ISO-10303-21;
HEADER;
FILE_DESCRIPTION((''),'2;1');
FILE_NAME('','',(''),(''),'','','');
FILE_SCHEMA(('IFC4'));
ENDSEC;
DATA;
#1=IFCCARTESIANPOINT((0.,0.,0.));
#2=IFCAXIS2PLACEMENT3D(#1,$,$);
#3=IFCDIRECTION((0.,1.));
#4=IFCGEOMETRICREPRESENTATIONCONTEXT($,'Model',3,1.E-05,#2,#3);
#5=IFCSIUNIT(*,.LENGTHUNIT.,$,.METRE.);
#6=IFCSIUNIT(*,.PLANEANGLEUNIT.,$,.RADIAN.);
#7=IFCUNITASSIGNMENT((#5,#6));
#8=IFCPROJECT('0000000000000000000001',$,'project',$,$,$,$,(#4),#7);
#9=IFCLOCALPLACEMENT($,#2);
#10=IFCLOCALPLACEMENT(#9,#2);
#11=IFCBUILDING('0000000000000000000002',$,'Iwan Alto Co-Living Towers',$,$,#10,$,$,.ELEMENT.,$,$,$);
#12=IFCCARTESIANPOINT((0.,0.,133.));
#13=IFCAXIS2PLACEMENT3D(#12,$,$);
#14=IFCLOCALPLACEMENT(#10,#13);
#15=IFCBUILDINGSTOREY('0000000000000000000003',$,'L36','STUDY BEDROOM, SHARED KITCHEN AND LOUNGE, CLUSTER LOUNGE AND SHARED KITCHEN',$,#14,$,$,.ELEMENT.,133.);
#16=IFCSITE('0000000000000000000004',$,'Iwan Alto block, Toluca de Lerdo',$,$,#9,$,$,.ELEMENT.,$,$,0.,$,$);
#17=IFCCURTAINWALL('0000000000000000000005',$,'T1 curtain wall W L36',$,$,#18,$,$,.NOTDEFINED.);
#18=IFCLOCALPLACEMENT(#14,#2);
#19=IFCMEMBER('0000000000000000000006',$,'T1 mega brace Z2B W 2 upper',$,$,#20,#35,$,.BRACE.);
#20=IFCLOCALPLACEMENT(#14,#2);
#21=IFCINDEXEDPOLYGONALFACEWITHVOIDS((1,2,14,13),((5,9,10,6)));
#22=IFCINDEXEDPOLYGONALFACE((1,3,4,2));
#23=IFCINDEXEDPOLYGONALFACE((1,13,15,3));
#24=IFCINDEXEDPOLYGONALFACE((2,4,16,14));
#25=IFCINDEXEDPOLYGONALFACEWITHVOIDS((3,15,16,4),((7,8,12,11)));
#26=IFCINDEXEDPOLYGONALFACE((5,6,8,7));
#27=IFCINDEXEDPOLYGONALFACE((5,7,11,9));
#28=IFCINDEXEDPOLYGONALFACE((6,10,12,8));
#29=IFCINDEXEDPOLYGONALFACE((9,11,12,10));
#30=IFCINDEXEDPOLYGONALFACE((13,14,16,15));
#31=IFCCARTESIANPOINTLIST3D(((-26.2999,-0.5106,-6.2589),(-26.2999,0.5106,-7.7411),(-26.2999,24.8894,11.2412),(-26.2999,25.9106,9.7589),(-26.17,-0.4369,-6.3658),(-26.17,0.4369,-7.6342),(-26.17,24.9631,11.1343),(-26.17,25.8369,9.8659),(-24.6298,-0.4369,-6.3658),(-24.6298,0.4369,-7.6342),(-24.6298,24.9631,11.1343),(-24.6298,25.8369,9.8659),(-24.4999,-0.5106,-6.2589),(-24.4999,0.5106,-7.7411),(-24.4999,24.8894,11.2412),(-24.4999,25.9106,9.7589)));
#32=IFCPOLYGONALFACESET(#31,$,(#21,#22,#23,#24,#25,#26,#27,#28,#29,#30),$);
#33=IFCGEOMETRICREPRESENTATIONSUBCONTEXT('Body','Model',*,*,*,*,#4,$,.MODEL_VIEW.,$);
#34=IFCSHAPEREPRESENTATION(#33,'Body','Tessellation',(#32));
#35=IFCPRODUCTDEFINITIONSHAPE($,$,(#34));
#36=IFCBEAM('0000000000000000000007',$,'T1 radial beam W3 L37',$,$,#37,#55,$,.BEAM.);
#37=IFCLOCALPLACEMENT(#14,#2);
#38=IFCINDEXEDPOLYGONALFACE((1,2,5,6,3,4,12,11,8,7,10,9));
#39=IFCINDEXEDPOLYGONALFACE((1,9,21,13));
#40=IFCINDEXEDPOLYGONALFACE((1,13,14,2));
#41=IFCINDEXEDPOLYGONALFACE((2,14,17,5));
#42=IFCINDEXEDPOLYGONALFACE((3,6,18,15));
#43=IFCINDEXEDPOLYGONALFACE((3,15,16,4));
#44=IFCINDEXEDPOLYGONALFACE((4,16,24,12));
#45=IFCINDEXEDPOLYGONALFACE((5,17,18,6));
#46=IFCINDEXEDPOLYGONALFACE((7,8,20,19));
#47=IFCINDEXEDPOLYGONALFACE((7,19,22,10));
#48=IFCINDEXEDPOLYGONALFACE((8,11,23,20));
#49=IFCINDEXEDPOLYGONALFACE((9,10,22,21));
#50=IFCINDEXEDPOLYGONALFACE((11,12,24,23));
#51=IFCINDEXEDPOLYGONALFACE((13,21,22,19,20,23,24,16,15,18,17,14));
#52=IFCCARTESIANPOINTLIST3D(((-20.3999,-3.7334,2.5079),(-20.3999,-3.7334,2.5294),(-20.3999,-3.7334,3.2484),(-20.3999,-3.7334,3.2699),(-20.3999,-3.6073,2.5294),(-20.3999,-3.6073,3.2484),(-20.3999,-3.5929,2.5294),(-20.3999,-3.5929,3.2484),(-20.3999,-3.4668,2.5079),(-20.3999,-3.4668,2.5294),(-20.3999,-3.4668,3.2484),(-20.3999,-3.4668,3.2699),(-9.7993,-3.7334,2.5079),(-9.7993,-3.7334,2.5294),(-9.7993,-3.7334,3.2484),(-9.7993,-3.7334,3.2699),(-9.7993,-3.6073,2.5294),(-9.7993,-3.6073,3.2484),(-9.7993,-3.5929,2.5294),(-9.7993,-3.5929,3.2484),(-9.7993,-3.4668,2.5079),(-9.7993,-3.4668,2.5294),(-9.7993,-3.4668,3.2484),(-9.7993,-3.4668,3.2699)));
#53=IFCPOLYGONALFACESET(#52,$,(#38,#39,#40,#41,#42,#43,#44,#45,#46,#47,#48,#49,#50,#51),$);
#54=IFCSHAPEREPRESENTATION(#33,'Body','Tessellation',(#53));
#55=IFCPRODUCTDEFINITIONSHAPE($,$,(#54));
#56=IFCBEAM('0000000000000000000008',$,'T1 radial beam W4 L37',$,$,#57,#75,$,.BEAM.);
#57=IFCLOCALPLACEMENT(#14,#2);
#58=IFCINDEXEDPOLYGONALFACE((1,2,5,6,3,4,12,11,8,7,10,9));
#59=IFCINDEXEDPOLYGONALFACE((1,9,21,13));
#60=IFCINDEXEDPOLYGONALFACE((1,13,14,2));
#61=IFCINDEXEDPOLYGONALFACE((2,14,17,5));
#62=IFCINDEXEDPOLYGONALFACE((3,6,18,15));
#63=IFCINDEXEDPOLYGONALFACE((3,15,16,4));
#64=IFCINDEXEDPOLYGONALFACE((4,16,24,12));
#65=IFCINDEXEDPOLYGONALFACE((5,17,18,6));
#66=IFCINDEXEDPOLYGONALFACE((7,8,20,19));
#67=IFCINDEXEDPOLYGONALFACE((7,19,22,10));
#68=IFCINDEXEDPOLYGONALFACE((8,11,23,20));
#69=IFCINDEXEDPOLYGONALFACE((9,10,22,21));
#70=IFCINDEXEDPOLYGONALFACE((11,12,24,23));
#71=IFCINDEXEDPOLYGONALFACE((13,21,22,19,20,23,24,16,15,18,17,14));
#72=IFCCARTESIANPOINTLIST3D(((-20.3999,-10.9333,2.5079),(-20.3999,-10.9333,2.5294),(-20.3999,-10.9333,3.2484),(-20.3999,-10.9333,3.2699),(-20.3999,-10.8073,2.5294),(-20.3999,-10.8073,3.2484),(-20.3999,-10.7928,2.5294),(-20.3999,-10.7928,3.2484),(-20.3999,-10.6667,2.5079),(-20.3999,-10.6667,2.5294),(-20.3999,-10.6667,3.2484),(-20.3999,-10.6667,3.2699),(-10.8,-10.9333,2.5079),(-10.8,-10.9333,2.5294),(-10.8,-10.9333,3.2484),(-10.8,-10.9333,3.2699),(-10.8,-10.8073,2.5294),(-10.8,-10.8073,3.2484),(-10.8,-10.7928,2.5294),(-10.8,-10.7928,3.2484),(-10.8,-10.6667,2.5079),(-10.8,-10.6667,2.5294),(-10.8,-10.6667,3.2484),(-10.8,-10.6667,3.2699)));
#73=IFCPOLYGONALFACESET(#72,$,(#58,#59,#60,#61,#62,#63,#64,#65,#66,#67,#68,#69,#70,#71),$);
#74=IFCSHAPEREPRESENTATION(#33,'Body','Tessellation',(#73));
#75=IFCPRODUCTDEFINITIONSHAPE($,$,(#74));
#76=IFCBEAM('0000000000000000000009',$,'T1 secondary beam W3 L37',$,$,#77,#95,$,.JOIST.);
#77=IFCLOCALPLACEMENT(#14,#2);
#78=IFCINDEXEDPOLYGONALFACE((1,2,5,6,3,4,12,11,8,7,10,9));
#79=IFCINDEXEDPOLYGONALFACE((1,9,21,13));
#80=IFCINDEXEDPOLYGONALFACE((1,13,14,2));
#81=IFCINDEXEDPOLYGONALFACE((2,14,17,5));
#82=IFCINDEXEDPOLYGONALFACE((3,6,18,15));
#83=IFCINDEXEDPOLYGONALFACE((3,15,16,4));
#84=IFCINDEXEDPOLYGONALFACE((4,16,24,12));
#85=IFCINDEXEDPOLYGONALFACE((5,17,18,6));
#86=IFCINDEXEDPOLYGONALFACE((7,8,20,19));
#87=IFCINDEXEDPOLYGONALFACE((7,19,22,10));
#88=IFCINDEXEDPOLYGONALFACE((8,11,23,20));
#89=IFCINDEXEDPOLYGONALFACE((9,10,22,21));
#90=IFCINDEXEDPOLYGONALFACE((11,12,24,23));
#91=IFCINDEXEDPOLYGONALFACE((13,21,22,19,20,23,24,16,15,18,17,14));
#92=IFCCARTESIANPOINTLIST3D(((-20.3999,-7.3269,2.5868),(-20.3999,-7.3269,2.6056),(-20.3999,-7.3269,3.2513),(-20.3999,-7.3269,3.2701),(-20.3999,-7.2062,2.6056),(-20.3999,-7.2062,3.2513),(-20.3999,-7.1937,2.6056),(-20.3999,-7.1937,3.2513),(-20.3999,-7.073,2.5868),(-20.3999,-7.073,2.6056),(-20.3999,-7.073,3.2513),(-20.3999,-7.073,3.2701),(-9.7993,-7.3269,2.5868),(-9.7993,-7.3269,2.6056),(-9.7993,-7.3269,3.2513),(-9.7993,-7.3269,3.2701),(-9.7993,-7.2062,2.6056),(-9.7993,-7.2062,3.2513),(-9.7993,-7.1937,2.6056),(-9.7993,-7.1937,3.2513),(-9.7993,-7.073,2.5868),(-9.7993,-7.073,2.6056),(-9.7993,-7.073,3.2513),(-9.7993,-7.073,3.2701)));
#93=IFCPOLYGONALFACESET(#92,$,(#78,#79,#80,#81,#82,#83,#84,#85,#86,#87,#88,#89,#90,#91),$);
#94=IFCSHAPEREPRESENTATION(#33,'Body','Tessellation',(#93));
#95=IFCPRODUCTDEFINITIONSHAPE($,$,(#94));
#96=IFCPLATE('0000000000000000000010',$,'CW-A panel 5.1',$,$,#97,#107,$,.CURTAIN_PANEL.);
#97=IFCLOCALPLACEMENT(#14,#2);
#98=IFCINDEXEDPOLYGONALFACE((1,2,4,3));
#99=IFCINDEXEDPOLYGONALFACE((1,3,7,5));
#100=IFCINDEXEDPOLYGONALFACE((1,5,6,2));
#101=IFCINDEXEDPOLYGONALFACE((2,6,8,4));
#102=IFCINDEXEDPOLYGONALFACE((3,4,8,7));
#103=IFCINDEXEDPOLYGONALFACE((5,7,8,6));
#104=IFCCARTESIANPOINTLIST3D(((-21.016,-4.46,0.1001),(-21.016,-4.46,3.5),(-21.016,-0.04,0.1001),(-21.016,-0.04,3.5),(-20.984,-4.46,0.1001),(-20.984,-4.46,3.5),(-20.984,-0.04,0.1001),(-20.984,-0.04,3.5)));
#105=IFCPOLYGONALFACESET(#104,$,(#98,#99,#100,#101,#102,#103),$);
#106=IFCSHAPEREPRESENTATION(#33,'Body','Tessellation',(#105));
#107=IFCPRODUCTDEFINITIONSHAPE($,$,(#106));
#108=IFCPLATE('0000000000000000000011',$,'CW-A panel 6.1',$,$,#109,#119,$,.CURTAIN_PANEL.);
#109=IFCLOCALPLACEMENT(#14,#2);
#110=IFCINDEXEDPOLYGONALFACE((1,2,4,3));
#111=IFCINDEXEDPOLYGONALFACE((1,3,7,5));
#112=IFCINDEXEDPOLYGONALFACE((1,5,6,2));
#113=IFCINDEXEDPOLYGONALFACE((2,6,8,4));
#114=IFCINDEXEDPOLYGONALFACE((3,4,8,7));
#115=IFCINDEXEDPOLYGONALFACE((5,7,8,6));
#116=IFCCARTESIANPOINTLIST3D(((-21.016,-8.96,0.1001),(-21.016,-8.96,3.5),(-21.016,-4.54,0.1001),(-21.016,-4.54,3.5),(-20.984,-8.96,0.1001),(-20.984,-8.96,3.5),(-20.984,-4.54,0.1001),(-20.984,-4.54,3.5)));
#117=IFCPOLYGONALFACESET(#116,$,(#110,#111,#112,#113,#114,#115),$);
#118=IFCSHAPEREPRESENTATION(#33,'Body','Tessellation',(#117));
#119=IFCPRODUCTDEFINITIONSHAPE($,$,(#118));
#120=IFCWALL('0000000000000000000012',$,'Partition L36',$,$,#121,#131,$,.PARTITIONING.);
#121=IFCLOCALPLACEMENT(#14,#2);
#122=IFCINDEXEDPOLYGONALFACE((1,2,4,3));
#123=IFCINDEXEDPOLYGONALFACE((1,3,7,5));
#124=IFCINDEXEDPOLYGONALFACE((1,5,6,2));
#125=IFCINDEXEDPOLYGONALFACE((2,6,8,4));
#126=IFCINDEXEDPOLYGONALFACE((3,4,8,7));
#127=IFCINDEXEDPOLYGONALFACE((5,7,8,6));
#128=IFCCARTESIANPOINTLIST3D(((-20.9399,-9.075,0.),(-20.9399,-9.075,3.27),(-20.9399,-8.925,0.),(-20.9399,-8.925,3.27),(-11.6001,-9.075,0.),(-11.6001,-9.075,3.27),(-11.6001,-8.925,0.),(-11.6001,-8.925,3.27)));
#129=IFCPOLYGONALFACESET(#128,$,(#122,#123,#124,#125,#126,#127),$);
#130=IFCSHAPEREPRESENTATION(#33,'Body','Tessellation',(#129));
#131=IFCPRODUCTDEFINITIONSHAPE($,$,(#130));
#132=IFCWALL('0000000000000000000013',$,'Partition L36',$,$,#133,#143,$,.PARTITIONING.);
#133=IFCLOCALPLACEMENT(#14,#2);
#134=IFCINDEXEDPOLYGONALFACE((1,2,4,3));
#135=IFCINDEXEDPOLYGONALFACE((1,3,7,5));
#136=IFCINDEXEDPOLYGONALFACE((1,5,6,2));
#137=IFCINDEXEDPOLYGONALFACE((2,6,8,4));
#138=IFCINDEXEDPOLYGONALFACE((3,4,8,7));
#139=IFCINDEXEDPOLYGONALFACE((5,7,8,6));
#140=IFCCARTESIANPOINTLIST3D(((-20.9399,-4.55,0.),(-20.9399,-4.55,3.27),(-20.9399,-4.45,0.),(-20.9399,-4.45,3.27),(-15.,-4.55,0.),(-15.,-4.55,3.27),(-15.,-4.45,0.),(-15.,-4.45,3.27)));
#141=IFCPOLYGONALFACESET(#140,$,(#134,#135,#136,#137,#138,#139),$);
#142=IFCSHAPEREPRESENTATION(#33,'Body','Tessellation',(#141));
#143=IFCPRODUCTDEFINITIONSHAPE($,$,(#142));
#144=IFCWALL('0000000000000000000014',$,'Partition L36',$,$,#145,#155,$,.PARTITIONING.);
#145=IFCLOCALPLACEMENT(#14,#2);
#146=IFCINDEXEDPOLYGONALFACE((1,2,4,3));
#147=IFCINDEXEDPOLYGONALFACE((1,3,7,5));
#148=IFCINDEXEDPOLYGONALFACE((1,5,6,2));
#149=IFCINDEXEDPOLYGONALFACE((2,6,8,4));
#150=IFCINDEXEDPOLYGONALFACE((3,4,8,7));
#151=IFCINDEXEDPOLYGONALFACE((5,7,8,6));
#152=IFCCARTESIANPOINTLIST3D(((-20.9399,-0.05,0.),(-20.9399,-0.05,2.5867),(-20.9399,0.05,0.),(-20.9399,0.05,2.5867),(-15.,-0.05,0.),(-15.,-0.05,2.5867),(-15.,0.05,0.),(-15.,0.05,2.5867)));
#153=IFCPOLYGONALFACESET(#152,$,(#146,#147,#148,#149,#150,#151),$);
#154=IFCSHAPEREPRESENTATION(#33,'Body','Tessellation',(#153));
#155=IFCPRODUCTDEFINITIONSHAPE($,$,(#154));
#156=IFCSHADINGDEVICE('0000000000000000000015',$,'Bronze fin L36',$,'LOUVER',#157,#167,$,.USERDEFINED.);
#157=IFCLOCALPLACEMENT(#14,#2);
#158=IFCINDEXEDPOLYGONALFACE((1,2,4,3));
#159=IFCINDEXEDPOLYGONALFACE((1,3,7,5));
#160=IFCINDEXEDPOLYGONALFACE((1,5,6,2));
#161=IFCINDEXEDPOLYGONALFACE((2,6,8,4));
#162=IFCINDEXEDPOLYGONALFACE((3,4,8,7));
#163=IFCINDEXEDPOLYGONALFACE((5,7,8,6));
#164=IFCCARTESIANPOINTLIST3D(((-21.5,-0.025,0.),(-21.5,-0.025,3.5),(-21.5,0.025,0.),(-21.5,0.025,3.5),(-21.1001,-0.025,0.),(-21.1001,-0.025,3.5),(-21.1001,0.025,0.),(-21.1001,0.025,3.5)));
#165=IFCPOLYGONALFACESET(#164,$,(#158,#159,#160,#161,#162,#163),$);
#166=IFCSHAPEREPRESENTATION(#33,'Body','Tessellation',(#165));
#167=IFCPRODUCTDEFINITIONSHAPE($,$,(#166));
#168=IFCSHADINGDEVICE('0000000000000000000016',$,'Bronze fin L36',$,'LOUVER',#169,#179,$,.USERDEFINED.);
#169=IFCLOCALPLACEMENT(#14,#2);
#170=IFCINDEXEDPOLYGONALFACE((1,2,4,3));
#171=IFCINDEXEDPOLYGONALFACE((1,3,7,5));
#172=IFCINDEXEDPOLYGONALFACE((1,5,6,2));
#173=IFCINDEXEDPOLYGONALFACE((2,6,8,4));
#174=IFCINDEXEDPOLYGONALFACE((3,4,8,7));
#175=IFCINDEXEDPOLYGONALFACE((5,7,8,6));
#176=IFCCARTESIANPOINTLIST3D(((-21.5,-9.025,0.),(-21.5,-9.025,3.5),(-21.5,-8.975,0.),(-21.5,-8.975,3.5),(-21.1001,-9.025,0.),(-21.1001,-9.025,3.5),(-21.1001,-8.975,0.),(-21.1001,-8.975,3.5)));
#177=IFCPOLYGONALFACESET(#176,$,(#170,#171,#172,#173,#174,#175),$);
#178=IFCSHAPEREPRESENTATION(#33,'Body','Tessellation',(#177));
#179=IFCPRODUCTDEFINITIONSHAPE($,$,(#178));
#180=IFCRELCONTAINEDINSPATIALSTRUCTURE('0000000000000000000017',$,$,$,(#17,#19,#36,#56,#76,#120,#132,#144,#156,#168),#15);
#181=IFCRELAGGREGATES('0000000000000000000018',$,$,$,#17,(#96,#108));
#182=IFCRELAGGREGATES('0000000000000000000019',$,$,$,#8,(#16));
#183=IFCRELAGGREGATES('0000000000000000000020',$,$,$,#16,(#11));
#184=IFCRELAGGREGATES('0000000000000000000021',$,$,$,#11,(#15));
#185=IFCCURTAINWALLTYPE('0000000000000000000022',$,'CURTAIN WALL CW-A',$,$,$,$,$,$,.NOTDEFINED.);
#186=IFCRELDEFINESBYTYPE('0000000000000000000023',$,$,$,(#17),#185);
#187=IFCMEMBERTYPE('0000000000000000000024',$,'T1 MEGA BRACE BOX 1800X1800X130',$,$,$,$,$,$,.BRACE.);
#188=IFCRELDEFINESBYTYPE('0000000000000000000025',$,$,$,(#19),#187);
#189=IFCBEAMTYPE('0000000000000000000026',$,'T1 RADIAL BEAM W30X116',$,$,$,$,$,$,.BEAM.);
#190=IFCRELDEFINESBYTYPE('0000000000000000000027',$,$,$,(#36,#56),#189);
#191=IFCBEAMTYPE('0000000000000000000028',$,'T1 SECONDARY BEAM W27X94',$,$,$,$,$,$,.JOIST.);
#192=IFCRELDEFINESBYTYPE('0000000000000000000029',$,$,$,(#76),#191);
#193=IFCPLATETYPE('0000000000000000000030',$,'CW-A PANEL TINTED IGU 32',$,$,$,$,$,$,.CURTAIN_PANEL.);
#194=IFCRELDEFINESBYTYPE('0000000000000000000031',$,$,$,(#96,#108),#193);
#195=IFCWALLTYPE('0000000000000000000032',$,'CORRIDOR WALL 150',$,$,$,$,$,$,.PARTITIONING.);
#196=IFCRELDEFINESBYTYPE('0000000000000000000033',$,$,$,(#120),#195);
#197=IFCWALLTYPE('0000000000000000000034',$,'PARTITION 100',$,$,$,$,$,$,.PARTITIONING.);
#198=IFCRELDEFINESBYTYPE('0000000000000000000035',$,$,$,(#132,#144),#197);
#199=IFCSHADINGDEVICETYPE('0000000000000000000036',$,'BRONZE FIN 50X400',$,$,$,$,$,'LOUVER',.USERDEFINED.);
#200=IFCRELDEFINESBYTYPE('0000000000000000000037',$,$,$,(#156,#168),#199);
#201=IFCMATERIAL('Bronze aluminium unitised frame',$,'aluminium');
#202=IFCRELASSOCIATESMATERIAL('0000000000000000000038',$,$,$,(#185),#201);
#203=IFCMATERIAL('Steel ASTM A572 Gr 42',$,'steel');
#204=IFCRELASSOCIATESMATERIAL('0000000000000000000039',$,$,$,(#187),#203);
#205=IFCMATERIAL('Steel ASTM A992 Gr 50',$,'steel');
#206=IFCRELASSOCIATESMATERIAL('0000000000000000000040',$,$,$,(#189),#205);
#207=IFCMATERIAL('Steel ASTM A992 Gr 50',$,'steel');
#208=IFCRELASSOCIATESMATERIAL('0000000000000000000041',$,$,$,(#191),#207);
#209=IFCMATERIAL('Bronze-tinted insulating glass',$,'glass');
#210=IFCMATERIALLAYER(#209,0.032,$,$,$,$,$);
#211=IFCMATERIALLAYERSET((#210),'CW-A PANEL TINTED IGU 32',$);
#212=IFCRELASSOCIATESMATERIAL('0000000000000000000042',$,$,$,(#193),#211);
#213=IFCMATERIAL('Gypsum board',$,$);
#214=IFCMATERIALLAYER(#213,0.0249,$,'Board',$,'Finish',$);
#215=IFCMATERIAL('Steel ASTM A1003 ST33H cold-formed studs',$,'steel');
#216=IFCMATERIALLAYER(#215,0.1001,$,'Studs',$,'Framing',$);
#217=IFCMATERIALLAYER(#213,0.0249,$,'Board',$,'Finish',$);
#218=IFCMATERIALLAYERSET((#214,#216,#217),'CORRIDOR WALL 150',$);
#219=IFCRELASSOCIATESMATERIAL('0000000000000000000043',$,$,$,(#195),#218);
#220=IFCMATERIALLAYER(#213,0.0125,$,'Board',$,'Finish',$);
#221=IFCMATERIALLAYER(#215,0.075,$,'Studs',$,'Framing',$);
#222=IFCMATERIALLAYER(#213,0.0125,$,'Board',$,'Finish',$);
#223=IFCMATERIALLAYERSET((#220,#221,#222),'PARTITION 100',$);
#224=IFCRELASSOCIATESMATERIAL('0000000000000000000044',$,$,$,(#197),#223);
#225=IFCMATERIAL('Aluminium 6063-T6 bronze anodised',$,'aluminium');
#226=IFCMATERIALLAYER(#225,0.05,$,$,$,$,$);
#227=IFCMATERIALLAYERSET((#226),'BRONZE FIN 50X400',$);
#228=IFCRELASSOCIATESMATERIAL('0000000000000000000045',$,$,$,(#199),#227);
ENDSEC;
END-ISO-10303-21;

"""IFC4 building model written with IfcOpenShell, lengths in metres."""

from ifc_helpers import new_model, si_unit, direction, frame, frame_2d, origin, origin_2d, place, context, subcontext, project, spatial, rectangle, hollow_rectangle, i_section, extrude, material, layer, layer_set, material_profile, profile_set, type_object, element, aggregate, save


model = new_model("IFC4")

# Units and contexts
model_context = context("Model", 3, precision=1e-05, world=origin(), true_north=direction((0.0, 1.0)))
body_context = subcontext(model_context, "Body", "Model", "MODEL_VIEW")
ifc_project = project(units=[si_unit("LENGTHUNIT", "METRE"), si_unit("PLANEANGLEUNIT", "RADIAN")], contexts=[model_context])

# Site, building, storey
site_placement = place(None, origin())
site = spatial("IfcSite", under=ifc_project, at=site_placement, Name="Iwan Alto block, Toluca de Lerdo", CompositionType="ELEMENT", RefElevation=0.0)
building_placement = place(site_placement, origin())
building = spatial("IfcBuilding", under=site, at=building_placement, Name="Iwan Alto Co-Living Towers", CompositionType="ELEMENT")
storey_placement = place(building_placement, frame((0.0, 0.0, 133.0)))
storey = spatial("IfcBuildingStorey", under=building, at=storey_placement, Name="L36", Description="STUDY BEDROOM, SHARED KITCHEN AND LOUNGE, CLUSTER LOUNGE AND SHARED KITCHEN", CompositionType="ELEMENT", Elevation=133.0)

# Curtain wall
ifc_material_1 = material(Name="Bronze aluminium unitised frame", Category="aluminium")
curtain_wall_type = type_object("IfcCurtainWallType", Name="CURTAIN WALL CW-A", PredefinedType="NOTDEFINED", material=ifc_material_1)
curtain_wall_placement = place(storey_placement, origin())
curtain_wall = element("IfcCurtainWall", 1, at=curtain_wall_placement, inside=storey, type_object=curtain_wall_type, Name="T1 curtain wall W L36", PredefinedType="NOTDEFINED")

# Member
ifc_material_2 = material(Name="Steel ASTM A572 Gr 42", Category="steel")
ifc_material_profile_1 = material_profile(ifc_material_2, hollow_rectangle(XDim=1.8, YDim=1.8, WallThickness=0.1299, at=origin_2d()), Name="BOX 1800X1800X130")
ifc_profile_set_1 = profile_set([ifc_material_profile_1], Name="Steel ASTM A572 Gr 42")
member_type_1 = type_object("IfcMemberType", Name="T1 MEGA BRACE BOX 1800X1800X130", PredefinedType="BRACE", material=ifc_profile_set_1)
for number, where, z_axis, x_axis, name in (
    (2, (-25.3999, 0.0, -7.0), (0.0, 0.823473, 0.567356), (-1.0, 0.0, 0.0), "T1 mega brace Z2B W 2 upper"),
):
    element("IfcMember", number, at=place(storey_placement, frame(where, z_axis=z_axis, x_axis=x_axis)), inside=storey, type_object=member_type_1, Name=name, PredefinedType="BRACE", context=body_context, shape_type="SweptSolid", body=[
        extrude(hollow_rectangle(XDim=1.8, YDim=1.8, WallThickness=0.1299, at=origin_2d()), origin(), (0.0, 0.0, 1.0), 30.845),
    ])

# Beams
ifc_material_3 = material(Name="Steel ASTM A992 Gr 50", Category="steel")
ifc_material_profile_2 = material_profile(ifc_material_3, i_section(OverallWidth=0.2666, OverallDepth=0.762, WebThickness=0.0144, FlangeThickness=0.0215, at=origin_2d()), Name="W30X116")
ifc_profile_set_2 = profile_set([ifc_material_profile_2], Name="Steel ASTM A992 Gr 50")
beam_type_1 = type_object("IfcBeamType", Name="T1 RADIAL BEAM W30X116", PredefinedType="BEAM", material=ifc_profile_set_2)
beam_1_placement = place(storey_placement, frame((-20.3999, -3.6001, 2.8889), z_axis=(1.0, 0.0, 0.0), x_axis=(0.0, 1.0, 0.0)))
element("IfcBeam", 3, at=beam_1_placement, inside=storey, type_object=beam_type_1, Name="T1 radial beam W3 L37", PredefinedType="BEAM", context=body_context, shape_type="SweptSolid", body=[
    extrude(i_section(OverallWidth=0.2666, OverallDepth=0.762, WebThickness=0.0144, FlangeThickness=0.0215, at=origin_2d()), origin(), (0.0, 0.0, 1.0), 10.6006),
])
beam_2_placement = place(storey_placement, frame((-20.3999, -10.8, 2.8889), z_axis=(1.0, 0.0, 0.0), x_axis=(0.0, 1.0, 0.0)))
element("IfcBeam", 4, at=beam_2_placement, inside=storey, type_object=beam_type_1, Name="T1 radial beam W4 L37", PredefinedType="BEAM", context=body_context, shape_type="SweptSolid", body=[
    extrude(i_section(OverallWidth=0.2666, OverallDepth=0.762, WebThickness=0.0144, FlangeThickness=0.0215, at=origin_2d()), origin(), (0.0, 0.0, 1.0), 9.5999),
])
ifc_material_4 = material(Name="Steel ASTM A992 Gr 50", Category="steel")
ifc_material_profile_3 = material_profile(ifc_material_4, i_section(OverallWidth=0.2539, OverallDepth=0.6833, WebThickness=0.0125, FlangeThickness=0.0188, at=origin_2d()), Name="W27X94")
ifc_profile_set_3 = profile_set([ifc_material_profile_3], Name="Steel ASTM A992 Gr 50")
beam_type_2 = type_object("IfcBeamType", Name="T1 SECONDARY BEAM W27X94", PredefinedType="JOIST", material=ifc_profile_set_3)
beam_3_placement = place(storey_placement, frame((-20.3999, -7.2, 2.9285), z_axis=(1.0, 0.0, 0.0), x_axis=(0.0, 1.0, 0.0)))
element("IfcBeam", 5, at=beam_3_placement, inside=storey, type_object=beam_type_2, Name="T1 secondary beam W3 L37", PredefinedType="JOIST", context=body_context, shape_type="SweptSolid", body=[
    extrude(i_section(OverallWidth=0.2539, OverallDepth=0.6833, WebThickness=0.0125, FlangeThickness=0.0188, at=origin_2d()), origin(), (0.0, 0.0, 1.0), 10.6006),
])

# Plates
ifc_material_5 = material(Name="Bronze-tinted insulating glass", Category="glass")
ifc_layer_1 = layer(ifc_material_5, 0.032)
ifc_layer_set_1 = layer_set([ifc_layer_1], Name="CW-A PANEL TINTED IGU 32")
plate_type = type_object("IfcPlateType", Name="CW-A PANEL TINTED IGU 32", PredefinedType="CURTAIN_PANEL", material=ifc_layer_set_1)
plate_1_placement = place(storey_placement, frame((-21.0, -2.25, 0.1001), z_axis=(0.0, 0.0, 1.0), x_axis=(0.0, -1.0, 0.0)))
plate_1 = element("IfcPlate", 6, at=plate_1_placement, type_object=plate_type, Name="CW-A panel 5.1", PredefinedType="CURTAIN_PANEL", context=body_context, shape_type="SweptSolid", body=[
    extrude(rectangle(XDim=4.4199, YDim=0.032, at=origin_2d()), origin(), (0.0, 0.0, 1.0), 3.3999),
])
plate_2_placement = place(storey_placement, frame((-21.0, -6.75, 0.1001), z_axis=(0.0, 0.0, 1.0), x_axis=(0.0, -1.0, 0.0)))
plate_2 = element("IfcPlate", 7, at=plate_2_placement, type_object=plate_type, Name="CW-A panel 6.1", PredefinedType="CURTAIN_PANEL", context=body_context, shape_type="SweptSolid", body=[
    extrude(rectangle(XDim=4.4199, YDim=0.032, at=origin_2d()), origin(), (0.0, 0.0, 1.0), 3.3999),
])
aggregate(curtain_wall, [plate_1, plate_2])

# Walls
ifc_material_6 = material(Name="Gypsum board")
ifc_layer_2 = layer(ifc_material_6, 0.0249, Name="Board", Category="Finish")
ifc_material_7 = material(Name="Steel ASTM A1003 ST33H cold-formed studs", Category="steel")
ifc_layer_3 = layer(ifc_material_7, 0.1001, Name="Studs", Category="Framing")
ifc_layer_4 = layer(ifc_material_6, 0.0249, Name="Board", Category="Finish")
ifc_layer_set_2 = layer_set([ifc_layer_2, ifc_layer_3, ifc_layer_4], Name="CORRIDOR WALL 150")
wall_type_1 = type_object("IfcWallType", Name="CORRIDOR WALL 150", PredefinedType="PARTITIONING", material=ifc_layer_set_2)
wall_1_placement = place(storey_placement, frame((-20.9399, -9.0, 0.0), z_axis=(0.0, 0.0, 1.0), x_axis=(1.0, 0.0, 0.0)))
element("IfcWall", 8, at=wall_1_placement, inside=storey, type_object=wall_type_1, Name="Partition L36", PredefinedType="PARTITIONING", context=body_context, shape_type="SweptSolid", body=[
    extrude(rectangle(XDim=9.3398, YDim=0.1499, at=frame_2d((4.6699, 0.0))), origin(), (0.0, 0.0, 1.0), 3.27),
])
ifc_layer_5 = layer(ifc_material_6, 0.0125, Name="Board", Category="Finish")
ifc_layer_6 = layer(ifc_material_7, 0.075, Name="Studs", Category="Framing")
ifc_layer_7 = layer(ifc_material_6, 0.0125, Name="Board", Category="Finish")
ifc_layer_set_3 = layer_set([ifc_layer_5, ifc_layer_6, ifc_layer_7], Name="PARTITION 100")
wall_type_2 = type_object("IfcWallType", Name="PARTITION 100", PredefinedType="PARTITIONING", material=ifc_layer_set_3)
wall_2_placement = place(storey_placement, frame((-20.9399, -4.5, 0.0), z_axis=(0.0, 0.0, 1.0), x_axis=(1.0, 0.0, 0.0)))
element("IfcWall", 9, at=wall_2_placement, inside=storey, type_object=wall_type_2, Name="Partition L36", PredefinedType="PARTITIONING", context=body_context, shape_type="SweptSolid", body=[
    extrude(rectangle(XDim=5.9399, YDim=0.1001, at=frame_2d((2.97, 0.0))), origin(), (0.0, 0.0, 1.0), 3.27),
])
wall_3_placement = place(storey_placement, frame((-20.9399, 0.0, 0.0), z_axis=(0.0, 0.0, 1.0), x_axis=(1.0, 0.0, 0.0)))
element("IfcWall", 10, at=wall_3_placement, inside=storey, type_object=wall_type_2, Name="Partition L36", PredefinedType="PARTITIONING", context=body_context, shape_type="SweptSolid", body=[
    extrude(rectangle(XDim=5.9399, YDim=0.1001, at=frame_2d((2.97, 0.0))), origin(), (0.0, 0.0, 1.0), 2.5867),
])

# Shading devices
ifc_material_8 = material(Name="Aluminium 6063-T6 bronze anodised", Category="aluminium")
ifc_layer_8 = layer(ifc_material_8, 0.05)
ifc_layer_set_4 = layer_set([ifc_layer_8], Name="BRONZE FIN 50X400")
shading_device_type = type_object("IfcShadingDeviceType", Name="BRONZE FIN 50X400", ElementType="LOUVER", PredefinedType="USERDEFINED", material=ifc_layer_set_4)
for number, where, z_axis, x_axis, name in (
    (11, (-21.3, 0.0, 0.0), (0.0, 0.0, 1.0), (0.0, -1.0, 0.0), "Bronze fin L36"),
    (12, (-21.3, -9.0, 0.0), (0.0, 0.0, 1.0), (0.0, -1.0, 0.0), "Bronze fin L36"),
):
    element("IfcShadingDevice", number, at=place(storey_placement, frame(where, z_axis=z_axis, x_axis=x_axis)), inside=storey, type_object=shading_device_type, Name=name, ObjectType="LOUVER", PredefinedType="USERDEFINED", context=body_context, shape_type="SweptSolid", body=[
        extrude(rectangle(XDim=0.05, YDim=0.3999, at=origin_2d()), origin(), (0.0, 0.0, 1.0), 3.5),
    ])

save(model, "model.ifc")
